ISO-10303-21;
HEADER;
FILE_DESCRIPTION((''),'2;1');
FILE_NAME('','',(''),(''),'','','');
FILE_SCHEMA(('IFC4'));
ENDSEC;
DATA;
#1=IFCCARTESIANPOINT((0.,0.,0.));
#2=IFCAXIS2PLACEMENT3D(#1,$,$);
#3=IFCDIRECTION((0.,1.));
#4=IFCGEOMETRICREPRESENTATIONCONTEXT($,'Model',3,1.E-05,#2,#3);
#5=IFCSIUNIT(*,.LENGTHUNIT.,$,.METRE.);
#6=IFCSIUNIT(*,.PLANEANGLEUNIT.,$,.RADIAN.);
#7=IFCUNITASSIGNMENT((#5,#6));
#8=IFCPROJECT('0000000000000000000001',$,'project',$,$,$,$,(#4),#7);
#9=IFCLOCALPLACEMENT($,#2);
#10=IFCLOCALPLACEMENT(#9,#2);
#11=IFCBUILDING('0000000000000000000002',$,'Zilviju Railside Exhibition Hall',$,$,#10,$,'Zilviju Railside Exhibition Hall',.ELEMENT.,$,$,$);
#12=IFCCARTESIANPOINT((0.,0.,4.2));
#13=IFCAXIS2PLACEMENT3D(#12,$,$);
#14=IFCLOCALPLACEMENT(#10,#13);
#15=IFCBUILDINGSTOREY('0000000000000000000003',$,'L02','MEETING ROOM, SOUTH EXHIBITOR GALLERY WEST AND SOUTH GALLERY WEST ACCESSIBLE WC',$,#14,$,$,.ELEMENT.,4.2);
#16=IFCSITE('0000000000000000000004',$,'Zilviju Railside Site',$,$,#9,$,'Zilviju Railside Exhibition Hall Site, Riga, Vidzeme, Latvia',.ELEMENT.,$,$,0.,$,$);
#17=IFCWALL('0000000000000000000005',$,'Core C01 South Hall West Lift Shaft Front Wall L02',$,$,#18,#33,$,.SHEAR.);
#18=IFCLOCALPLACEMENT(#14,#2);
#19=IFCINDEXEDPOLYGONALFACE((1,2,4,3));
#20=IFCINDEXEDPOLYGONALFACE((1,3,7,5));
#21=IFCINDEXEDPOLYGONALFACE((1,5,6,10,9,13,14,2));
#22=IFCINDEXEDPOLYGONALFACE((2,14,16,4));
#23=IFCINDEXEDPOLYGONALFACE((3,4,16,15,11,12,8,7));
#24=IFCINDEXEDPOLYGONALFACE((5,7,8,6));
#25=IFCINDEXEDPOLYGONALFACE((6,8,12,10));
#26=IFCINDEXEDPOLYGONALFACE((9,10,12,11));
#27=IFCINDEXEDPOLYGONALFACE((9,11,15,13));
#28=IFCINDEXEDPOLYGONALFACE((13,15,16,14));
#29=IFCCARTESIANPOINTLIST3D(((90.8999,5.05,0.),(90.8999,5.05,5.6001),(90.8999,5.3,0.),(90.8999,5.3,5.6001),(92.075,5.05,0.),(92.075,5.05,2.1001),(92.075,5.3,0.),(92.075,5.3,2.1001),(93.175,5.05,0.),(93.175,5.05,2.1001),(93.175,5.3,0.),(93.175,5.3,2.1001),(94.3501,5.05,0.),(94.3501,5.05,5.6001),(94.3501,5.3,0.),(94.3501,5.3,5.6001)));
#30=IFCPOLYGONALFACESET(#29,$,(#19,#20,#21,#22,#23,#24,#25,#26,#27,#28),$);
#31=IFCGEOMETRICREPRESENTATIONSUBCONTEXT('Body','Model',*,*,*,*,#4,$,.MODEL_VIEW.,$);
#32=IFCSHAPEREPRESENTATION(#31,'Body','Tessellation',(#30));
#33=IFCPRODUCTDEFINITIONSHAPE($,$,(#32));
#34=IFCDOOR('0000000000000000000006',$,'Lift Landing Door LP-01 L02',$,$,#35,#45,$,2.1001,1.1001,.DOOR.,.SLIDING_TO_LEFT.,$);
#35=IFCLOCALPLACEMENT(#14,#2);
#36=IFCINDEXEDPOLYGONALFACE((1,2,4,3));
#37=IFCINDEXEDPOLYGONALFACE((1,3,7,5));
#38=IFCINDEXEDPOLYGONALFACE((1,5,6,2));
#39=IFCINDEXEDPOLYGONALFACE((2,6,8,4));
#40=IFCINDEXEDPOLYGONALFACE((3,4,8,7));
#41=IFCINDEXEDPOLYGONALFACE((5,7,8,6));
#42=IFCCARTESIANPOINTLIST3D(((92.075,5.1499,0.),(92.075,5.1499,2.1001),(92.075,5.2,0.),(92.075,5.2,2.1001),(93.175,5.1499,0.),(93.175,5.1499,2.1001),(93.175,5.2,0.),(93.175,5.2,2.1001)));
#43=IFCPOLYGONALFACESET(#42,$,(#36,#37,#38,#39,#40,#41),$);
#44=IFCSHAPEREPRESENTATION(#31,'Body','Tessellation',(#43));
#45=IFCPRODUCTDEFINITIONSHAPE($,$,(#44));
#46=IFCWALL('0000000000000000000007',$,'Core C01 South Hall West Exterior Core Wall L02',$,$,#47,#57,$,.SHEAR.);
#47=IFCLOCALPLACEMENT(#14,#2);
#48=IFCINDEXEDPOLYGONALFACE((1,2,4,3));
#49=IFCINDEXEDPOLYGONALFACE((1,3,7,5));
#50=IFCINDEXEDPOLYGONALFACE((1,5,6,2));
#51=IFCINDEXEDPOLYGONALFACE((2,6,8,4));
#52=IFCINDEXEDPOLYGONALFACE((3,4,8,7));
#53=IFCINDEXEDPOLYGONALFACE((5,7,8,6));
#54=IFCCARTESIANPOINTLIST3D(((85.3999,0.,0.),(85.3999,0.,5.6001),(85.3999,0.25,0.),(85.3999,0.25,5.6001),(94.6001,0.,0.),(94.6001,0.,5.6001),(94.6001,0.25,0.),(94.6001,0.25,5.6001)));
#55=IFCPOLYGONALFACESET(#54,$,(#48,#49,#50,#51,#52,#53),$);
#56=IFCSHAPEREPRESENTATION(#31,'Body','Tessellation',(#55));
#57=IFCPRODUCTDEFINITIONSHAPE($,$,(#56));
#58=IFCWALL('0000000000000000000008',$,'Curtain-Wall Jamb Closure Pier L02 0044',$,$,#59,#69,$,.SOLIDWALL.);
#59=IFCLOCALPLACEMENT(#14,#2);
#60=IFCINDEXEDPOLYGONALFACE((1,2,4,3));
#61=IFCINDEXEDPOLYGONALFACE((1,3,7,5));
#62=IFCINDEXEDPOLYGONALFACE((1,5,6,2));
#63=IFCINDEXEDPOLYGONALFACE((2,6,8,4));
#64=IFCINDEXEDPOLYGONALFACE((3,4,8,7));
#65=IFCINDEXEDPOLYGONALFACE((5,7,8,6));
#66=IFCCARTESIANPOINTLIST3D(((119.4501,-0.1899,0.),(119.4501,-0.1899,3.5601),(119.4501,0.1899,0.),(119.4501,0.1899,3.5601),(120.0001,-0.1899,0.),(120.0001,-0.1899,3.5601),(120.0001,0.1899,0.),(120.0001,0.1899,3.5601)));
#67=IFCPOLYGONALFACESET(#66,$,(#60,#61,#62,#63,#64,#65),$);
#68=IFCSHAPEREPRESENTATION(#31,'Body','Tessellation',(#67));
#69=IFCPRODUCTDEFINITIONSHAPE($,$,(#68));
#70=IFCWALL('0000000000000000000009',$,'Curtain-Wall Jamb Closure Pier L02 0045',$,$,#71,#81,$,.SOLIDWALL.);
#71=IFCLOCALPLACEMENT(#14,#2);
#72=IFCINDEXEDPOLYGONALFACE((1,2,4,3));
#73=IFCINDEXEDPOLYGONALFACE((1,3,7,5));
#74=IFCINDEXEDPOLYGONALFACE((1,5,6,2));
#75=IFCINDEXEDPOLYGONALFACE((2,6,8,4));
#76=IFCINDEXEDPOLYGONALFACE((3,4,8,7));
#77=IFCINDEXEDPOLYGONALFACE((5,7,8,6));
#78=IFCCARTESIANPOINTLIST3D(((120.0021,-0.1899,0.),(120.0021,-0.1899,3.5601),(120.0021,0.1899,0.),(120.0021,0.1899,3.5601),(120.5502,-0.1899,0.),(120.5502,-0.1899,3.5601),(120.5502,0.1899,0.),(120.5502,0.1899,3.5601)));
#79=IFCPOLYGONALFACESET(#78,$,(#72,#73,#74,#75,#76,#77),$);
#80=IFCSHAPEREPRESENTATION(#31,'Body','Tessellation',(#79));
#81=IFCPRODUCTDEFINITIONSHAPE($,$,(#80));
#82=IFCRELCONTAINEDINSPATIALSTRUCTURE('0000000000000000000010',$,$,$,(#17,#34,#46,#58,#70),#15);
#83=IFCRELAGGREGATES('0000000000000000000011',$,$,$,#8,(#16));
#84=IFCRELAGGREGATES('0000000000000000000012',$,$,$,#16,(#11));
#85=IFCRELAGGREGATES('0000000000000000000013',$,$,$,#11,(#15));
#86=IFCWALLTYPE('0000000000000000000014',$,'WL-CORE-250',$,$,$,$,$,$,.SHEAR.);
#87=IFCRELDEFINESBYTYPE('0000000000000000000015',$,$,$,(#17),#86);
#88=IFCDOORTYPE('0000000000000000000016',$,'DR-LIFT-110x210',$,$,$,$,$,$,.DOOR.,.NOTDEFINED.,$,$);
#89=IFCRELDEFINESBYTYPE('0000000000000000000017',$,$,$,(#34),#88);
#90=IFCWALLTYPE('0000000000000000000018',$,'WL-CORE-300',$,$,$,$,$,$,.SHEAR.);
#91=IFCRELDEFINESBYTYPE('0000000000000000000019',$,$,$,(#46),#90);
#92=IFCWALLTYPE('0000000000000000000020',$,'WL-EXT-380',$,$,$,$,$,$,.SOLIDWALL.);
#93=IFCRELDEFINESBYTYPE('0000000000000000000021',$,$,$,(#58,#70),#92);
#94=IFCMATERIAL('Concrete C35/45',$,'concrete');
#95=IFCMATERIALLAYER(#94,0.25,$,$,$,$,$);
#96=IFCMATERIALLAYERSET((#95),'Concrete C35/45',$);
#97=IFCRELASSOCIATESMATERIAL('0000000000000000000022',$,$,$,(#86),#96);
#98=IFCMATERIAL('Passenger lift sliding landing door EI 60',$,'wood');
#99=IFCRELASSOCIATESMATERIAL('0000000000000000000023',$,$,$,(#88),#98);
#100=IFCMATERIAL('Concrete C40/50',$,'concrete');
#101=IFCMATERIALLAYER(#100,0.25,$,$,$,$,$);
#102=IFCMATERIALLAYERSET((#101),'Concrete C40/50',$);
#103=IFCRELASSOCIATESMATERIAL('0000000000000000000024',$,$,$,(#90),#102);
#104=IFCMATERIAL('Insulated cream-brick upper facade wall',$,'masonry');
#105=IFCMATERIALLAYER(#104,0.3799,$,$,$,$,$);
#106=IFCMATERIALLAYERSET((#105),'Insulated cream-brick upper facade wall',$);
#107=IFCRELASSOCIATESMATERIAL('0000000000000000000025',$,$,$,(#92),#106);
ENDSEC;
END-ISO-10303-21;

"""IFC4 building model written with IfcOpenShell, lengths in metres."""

from ifc_helpers import new_model, si_unit, direction, frame, frame_2d, origin, place, context, subcontext, project, spatial, rectangle, extrude, material, layer, layer_set, type_object, element, fill, save


model = new_model("IFC4")

# Units and contexts
model_context = context("Model", 3, precision=1e-05, world=origin(), true_north=direction((0.0, 1.0)))
body_context = subcontext(model_context, "Body", "Model", "MODEL_VIEW")
ifc_project = project(units=[si_unit("LENGTHUNIT", "METRE"), si_unit("PLANEANGLEUNIT", "RADIAN")], contexts=[model_context])

# Site, building, storey
site_placement = place(None, origin())
site = spatial("IfcSite", under=ifc_project, at=site_placement, Name="Zilviju Railside Site", LongName="Zilviju Railside Exhibition Hall Site, Riga, Vidzeme, Latvia", CompositionType="ELEMENT", RefElevation=0.0)
building_placement = place(site_placement, origin())
building = spatial("IfcBuilding", under=site, at=building_placement, Name="Zilviju Railside Exhibition Hall", LongName="Zilviju Railside Exhibition Hall", CompositionType="ELEMENT")
storey_placement = place(building_placement, frame((0.0, 0.0, 4.2)))
storey = spatial("IfcBuildingStorey", under=building, at=storey_placement, Name="L02", Description="MEETING ROOM, SOUTH EXHIBITOR GALLERY WEST AND SOUTH GALLERY WEST ACCESSIBLE WC", CompositionType="ELEMENT", Elevation=4.2)

# Shared definitions
ifc_material_1 = material(Name="Concrete C40/50", Category="concrete")

# Shared definitions
ifc_material_2 = material(Name="Concrete C35/45", Category="concrete")
ifc_layer_1 = layer(ifc_material_2, 0.25)
ifc_layer_set_1 = layer_set([ifc_layer_1], Name="Concrete C35/45")
wall_type_1 = type_object("IfcWallType", Name="WL-CORE-250", PredefinedType="SHEAR", material=ifc_layer_set_1)

# Wall, opening, door
wall_1_placement = place(storey_placement, frame((90.8999, 5.175, 0.0), z_axis=(0.0, 0.0, 1.0), x_axis=(1.0, 0.0, 0.0)))
wall_1 = element("IfcWall", 1, at=wall_1_placement, inside=storey, type_object=wall_type_1, Name="Core C01 South Hall West Lift Shaft Front Wall L02", PredefinedType="SHEAR", context=body_context, shape_type="SweptSolid", body=[
    extrude(rectangle(XDim=3.4502, YDim=0.25, at=frame_2d((1.7251, 0.0))), origin(), (0.0, 0.0, 1.0), 5.6001),
])
opening_1_placement = place(wall_1_placement, frame((1.175, 0.0, 0.0)))
opening_1 = element("IfcOpeningElement", 2, at=opening_1_placement, cuts=wall_1, PredefinedType="OPENING", context=body_context, shape_type="SweptSolid", body=[
    extrude(rectangle(XDim=1.1001, YDim=2.1001, at=frame_2d((0.55, 1.05))), frame((0.0, 0.135, 0.0), z_axis=(0.0, -1.0, 0.0), x_axis=(1.0, 0.0, 0.0)), (0.0, 0.0, 1.0), 0.27),
])
ifc_material_3 = material(Name="Passenger lift sliding landing door EI 60", Category="wood")
door_type_1 = type_object("IfcDoorType", Name="DR-LIFT-110x210", OperationType="NOTDEFINED", PredefinedType="DOOR", material=ifc_material_3)
door_1_placement = place(opening_1_placement, origin())
door_1 = element("IfcDoor", 3, at=door_1_placement, inside=storey, type_object=door_type_1, Name="Lift Landing Door LP-01 L02", OperationType="SLIDING_TO_LEFT", OverallHeight=2.1001, OverallWidth=1.1001, PredefinedType="DOOR", context=body_context, shape_type="SweptSolid", body=[
    extrude(rectangle(XDim=1.1001, YDim=2.1001, at=frame_2d((0.55, 1.05))), frame((0.0, 0.0249, 0.0), z_axis=(0.0, -1.0, 0.0), x_axis=(1.0, 0.0, 0.0)), (0.0, 0.0, 1.0), 0.05),
])
fill(opening_1, door_1)

# Walls
ifc_layer_2 = layer(ifc_material_1, 0.25)
ifc_layer_set_2 = layer_set([ifc_layer_2], Name="Concrete C40/50")
wall_type_2 = type_object("IfcWallType", Name="WL-CORE-300", PredefinedType="SHEAR", material=ifc_layer_set_2)
wall_2_placement = place(storey_placement, frame((94.6001, 0.125, 0.0), z_axis=(0.0, 0.0, 1.0), x_axis=(-1.0, 0.0, 0.0)))
element("IfcWall", 4, at=wall_2_placement, inside=storey, type_object=wall_type_2, Name="Core C01 South Hall West Exterior Core Wall L02", PredefinedType="SHEAR", context=body_context, shape_type="SweptSolid", body=[
    extrude(rectangle(XDim=9.2002, YDim=0.25, at=frame_2d((4.6001, 0.0))), origin(), (0.0, 0.0, 1.0), 5.6001),
])
ifc_material_4 = material(Name="Insulated cream-brick upper facade wall", Category="masonry")
ifc_layer_3 = layer(ifc_material_4, 0.3799)
ifc_layer_set_3 = layer_set([ifc_layer_3], Name="Insulated cream-brick upper facade wall")
wall_type_3 = type_object("IfcWallType", Name="WL-EXT-380", PredefinedType="SOLIDWALL", material=ifc_layer_set_3)
wall_3_placement = place(storey_placement, frame((120.0, 0.0, 0.0), z_axis=(0.0, 0.0, 1.0), x_axis=(-1.0, 0.0, 0.0)))
element("IfcWall", 5, at=wall_3_placement, inside=storey, type_object=wall_type_3, Name="Curtain-Wall Jamb Closure Pier L02 0044", PredefinedType="SOLIDWALL", context=body_context, shape_type="SweptSolid", body=[
    extrude(rectangle(XDim=0.55, YDim=0.3799, at=frame_2d((0.2749, 0.0))), origin(), (0.0, 0.0, 1.0), 3.5601),
])
wall_4_placement = place(storey_placement, frame((120.55, 0.0, 0.0), z_axis=(0.0, 0.0, 1.0), x_axis=(-1.0, 0.0, 0.0)))
element("IfcWall", 6, at=wall_4_placement, inside=storey, type_object=wall_type_3, Name="Curtain-Wall Jamb Closure Pier L02 0045", PredefinedType="SOLIDWALL", context=body_context, shape_type="SweptSolid", body=[
    extrude(rectangle(XDim=0.5481, YDim=0.3799, at=frame_2d((0.2739, 0.0))), origin(), (0.0, 0.0, 1.0), 3.5601),
])

save(model, "model.ifc")
